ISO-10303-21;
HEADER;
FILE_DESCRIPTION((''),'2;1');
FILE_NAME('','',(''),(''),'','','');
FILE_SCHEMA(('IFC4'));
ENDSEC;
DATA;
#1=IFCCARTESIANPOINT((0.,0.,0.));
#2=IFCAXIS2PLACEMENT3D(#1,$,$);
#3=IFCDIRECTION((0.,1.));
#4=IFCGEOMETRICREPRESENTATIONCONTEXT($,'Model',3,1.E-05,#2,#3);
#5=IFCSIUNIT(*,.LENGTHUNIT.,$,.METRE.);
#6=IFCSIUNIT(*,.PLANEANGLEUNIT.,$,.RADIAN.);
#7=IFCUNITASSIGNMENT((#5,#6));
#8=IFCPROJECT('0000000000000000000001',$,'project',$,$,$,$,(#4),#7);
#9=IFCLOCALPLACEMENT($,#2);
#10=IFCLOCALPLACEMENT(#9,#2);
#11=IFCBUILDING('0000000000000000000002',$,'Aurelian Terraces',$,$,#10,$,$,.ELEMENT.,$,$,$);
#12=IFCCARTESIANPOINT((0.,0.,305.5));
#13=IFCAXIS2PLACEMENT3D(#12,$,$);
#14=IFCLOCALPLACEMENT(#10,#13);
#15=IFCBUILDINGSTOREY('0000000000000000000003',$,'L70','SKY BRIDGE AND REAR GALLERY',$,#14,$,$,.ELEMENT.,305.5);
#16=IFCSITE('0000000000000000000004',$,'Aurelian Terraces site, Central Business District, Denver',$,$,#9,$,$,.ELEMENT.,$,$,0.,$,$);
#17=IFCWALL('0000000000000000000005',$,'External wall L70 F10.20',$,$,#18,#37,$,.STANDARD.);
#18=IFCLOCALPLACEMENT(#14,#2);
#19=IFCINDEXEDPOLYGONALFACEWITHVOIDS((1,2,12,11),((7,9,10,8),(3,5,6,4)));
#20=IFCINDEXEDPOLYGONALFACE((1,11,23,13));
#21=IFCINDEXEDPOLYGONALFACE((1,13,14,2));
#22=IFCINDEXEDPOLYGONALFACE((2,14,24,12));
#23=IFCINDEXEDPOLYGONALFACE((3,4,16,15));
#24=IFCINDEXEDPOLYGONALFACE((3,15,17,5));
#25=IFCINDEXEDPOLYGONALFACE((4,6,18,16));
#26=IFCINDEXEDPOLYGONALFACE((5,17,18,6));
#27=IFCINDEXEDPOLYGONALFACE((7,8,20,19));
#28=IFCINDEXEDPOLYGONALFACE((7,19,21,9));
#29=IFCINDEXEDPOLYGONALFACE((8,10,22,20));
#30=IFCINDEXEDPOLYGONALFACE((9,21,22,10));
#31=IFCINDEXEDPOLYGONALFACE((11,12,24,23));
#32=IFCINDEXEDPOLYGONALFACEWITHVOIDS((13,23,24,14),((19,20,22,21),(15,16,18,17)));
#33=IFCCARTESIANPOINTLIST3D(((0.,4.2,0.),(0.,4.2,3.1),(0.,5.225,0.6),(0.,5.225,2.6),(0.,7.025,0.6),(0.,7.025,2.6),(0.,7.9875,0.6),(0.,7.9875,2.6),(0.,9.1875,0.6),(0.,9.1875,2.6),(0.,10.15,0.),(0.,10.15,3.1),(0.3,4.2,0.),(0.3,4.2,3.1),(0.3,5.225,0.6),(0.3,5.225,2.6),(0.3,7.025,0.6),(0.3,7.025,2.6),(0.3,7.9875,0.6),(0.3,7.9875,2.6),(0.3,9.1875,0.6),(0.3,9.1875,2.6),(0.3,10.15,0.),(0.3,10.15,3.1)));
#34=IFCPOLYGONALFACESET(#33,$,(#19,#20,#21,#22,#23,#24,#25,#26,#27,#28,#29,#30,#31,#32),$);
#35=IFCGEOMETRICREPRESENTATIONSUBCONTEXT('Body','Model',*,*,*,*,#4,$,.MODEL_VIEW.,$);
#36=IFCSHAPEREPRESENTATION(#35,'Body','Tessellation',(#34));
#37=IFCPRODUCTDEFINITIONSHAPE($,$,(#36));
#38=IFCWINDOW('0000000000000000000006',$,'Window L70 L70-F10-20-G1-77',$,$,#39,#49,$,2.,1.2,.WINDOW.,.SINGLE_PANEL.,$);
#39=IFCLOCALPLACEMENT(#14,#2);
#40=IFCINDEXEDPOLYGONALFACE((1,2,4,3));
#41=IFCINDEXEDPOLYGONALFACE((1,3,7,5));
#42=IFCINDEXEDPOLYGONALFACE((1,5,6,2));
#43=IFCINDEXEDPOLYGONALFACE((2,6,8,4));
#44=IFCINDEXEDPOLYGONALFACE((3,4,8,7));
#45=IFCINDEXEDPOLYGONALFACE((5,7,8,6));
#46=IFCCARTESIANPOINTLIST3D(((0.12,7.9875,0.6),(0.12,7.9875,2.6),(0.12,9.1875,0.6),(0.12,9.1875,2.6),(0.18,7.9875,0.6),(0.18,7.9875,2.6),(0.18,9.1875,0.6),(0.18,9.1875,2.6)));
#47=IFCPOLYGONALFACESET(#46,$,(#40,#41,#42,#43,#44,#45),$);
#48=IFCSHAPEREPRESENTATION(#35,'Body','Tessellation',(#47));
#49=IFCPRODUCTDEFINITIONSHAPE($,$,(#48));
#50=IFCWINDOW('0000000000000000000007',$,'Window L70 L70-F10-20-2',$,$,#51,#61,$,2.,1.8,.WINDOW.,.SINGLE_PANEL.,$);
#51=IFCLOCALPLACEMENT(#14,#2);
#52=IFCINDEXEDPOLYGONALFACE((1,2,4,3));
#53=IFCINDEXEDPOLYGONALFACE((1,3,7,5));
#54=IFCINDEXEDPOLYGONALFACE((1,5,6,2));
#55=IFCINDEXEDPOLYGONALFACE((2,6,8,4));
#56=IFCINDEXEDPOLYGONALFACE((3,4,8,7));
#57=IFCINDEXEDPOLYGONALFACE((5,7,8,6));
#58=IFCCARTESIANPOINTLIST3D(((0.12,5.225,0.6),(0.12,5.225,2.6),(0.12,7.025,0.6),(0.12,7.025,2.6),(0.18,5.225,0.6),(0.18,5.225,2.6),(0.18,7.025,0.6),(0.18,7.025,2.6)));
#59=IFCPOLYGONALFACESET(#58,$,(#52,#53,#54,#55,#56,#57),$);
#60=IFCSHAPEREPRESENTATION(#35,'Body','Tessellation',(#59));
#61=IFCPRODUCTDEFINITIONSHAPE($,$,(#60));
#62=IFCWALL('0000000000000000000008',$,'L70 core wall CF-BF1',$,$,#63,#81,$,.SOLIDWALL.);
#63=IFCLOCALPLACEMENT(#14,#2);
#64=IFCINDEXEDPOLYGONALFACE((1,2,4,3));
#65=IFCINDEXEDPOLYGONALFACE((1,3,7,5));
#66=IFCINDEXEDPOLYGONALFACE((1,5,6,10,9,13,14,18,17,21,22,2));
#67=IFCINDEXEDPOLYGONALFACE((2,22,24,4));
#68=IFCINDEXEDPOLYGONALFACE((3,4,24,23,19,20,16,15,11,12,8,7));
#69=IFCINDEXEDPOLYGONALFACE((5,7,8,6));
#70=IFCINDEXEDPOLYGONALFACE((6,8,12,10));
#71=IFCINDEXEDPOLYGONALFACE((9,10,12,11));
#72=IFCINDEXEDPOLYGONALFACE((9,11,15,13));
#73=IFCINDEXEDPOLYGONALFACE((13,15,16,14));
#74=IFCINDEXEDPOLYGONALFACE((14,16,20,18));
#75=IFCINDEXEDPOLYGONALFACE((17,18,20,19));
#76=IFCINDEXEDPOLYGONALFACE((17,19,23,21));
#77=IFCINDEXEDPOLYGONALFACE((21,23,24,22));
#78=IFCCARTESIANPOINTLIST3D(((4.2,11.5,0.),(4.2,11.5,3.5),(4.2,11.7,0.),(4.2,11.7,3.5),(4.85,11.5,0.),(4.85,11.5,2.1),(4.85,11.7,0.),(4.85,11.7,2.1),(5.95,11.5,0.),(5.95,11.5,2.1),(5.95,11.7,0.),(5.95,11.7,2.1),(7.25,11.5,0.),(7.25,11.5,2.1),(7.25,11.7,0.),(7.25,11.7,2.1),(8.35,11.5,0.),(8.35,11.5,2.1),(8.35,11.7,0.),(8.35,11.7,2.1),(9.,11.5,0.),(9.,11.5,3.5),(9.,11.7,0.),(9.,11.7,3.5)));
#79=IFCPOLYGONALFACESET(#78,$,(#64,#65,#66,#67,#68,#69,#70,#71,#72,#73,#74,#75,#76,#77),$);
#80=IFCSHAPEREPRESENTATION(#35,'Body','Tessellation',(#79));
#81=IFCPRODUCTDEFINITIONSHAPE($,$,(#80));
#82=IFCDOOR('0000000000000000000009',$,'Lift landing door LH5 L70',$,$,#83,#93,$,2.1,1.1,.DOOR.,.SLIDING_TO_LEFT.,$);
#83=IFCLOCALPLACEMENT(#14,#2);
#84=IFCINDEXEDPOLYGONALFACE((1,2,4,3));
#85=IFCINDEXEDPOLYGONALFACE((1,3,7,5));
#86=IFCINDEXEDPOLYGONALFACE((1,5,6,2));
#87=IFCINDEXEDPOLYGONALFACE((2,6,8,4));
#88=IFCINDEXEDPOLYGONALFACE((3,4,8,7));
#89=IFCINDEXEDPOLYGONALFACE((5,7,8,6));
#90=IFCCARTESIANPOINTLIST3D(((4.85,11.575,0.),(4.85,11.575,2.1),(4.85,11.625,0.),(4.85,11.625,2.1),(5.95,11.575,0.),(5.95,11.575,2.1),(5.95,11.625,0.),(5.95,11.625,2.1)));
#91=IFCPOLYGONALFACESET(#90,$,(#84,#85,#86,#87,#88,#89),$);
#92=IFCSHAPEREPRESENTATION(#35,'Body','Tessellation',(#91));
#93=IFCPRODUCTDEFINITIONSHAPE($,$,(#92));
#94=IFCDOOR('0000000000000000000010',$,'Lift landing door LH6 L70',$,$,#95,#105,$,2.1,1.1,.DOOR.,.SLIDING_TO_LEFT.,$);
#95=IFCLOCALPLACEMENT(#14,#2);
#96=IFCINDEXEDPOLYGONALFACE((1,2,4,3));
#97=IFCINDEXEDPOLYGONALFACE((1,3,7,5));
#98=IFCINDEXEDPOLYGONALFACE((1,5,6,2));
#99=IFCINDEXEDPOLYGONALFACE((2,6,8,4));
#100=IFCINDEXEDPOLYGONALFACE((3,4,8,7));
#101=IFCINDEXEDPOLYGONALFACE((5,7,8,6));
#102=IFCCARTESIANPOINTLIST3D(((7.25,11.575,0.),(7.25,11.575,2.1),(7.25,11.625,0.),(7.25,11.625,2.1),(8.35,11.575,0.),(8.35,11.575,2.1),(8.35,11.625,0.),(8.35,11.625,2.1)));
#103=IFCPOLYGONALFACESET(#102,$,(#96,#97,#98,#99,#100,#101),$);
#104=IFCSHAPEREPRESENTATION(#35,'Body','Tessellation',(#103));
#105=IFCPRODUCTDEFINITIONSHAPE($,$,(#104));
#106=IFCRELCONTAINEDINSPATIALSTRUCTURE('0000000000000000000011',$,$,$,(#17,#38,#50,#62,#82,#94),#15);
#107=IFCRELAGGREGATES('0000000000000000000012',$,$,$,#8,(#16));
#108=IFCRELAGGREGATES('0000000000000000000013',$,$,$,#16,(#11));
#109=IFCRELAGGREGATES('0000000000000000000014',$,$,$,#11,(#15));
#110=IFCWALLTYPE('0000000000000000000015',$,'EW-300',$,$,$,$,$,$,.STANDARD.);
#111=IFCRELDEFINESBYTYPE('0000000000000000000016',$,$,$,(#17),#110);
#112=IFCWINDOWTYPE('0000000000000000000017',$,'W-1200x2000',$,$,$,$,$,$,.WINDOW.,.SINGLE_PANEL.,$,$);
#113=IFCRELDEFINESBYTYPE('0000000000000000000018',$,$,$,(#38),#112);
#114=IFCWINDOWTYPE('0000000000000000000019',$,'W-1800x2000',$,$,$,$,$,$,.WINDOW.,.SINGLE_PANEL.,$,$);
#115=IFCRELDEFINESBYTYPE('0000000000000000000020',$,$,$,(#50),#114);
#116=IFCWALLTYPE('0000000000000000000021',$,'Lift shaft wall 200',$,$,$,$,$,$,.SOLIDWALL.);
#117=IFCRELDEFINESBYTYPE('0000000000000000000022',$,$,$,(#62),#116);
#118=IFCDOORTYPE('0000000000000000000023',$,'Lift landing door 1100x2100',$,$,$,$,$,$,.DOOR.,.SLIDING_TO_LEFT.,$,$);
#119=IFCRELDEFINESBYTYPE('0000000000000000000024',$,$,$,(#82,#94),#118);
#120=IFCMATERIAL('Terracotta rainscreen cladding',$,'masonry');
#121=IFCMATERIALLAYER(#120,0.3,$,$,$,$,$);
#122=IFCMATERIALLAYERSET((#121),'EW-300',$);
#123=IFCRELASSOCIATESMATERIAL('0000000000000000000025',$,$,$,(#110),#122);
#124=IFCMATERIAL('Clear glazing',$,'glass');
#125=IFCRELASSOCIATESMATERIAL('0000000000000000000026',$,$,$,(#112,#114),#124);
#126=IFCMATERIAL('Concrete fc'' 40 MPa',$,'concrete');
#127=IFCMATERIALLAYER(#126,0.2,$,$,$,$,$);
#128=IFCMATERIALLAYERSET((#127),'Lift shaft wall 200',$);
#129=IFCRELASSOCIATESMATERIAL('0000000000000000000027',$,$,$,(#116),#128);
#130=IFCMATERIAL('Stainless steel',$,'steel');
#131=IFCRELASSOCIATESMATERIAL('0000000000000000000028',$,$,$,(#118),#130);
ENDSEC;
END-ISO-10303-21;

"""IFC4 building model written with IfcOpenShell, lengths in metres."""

from ifc_helpers import new_model, si_unit, direction, frame, frame_2d, origin, place, context, subcontext, project, spatial, rectangle, extrude, source, transform, mapped, material, layer, layer_set, type_object, element, fill, save


model = new_model("IFC4")

# Units and contexts
model_context = context("Model", 3, precision=1e-05, world=origin(), true_north=direction((0.0, 1.0)))
body_context = subcontext(model_context, "Body", "Model", "MODEL_VIEW")
ifc_project = project(units=[si_unit("LENGTHUNIT", "METRE"), si_unit("PLANEANGLEUNIT", "RADIAN")], contexts=[model_context])

# Site, building, storey
site_placement = place(None, origin())
site = spatial("IfcSite", under=ifc_project, at=site_placement, Name="Aurelian Terraces site, Central Business District, Denver", CompositionType="ELEMENT", RefElevation=0.0)
building_placement = place(site_placement, origin())
building = spatial("IfcBuilding", under=site, at=building_placement, Name="Aurelian Terraces", CompositionType="ELEMENT")
storey_placement = place(building_placement, frame((0.0, 0.0, 305.5)))
storey = spatial("IfcBuildingStorey", under=building, at=storey_placement, Name="L70", Description="SKY BRIDGE AND REAR GALLERY", CompositionType="ELEMENT", Elevation=305.5)

# Shared definitions
ifc_material_1 = material(Name="Terracotta rainscreen cladding", Category="masonry")
ifc_layer_1 = layer(ifc_material_1, 0.3)
ifc_layer_set_1 = layer_set([ifc_layer_1], Name="EW-300")
wall_type_1 = type_object("IfcWallType", Name="EW-300", PredefinedType="STANDARD", material=ifc_layer_set_1)
ifc_material_2 = material(Name="Clear glazing", Category="glass")

# Wall, openings, windows
shared_shape_1 = source(origin(), body_context, "Body", "SweptSolid", [
    extrude(rectangle(XDim=5.95, YDim=0.3, at=frame_2d((2.975, 0.0))), origin(), (0.0, 0.0, 1.0), 3.1),
])
wall_1_placement = place(storey_placement, frame((0.15, 10.15, 0.0), z_axis=(0.0, 0.0, 1.0), x_axis=(0.0, -1.0, 0.0)))
wall_1 = element("IfcWall", 1, at=wall_1_placement, inside=storey, type_object=wall_type_1, Name="External wall L70 F10.20", PredefinedType="STANDARD", context=body_context, shape_type="MappedRepresentation", body=[
    mapped(shared_shape_1, transform((0.0, 0.0, 0.0), scale=1.0)),
])
shared_shape_2 = source(origin(), body_context, "Body", "SweptSolid", [
    extrude(rectangle(XDim=1.8, YDim=2.0, at=frame_2d((0.9, 1.0))), frame((0.0, 0.16, 0.0), z_axis=(0.0, -1.0, 0.0), x_axis=(1.0, 0.0, 0.0)), (0.0, 0.0, 1.0), 0.32),
])
opening_1_placement = place(wall_1_placement, frame((3.125, 0.0, 0.6)))
opening_1 = element("IfcOpeningElement", 2, at=opening_1_placement, cuts=wall_1, PredefinedType="OPENING", context=body_context, shape_type="MappedRepresentation", body=[
    mapped(shared_shape_2, transform((0.0, 0.0, 0.0), scale=1.0)),
])
shared_shape_3 = source(origin(), body_context, "Body", "SweptSolid", [
    extrude(rectangle(XDim=1.2, YDim=2.0, at=frame_2d((0.6, 1.0))), frame((0.0, 0.16, 0.0), z_axis=(0.0, -1.0, 0.0), x_axis=(1.0, 0.0, 0.0)), (0.0, 0.0, 1.0), 0.32),
])
opening_2_placement = place(wall_1_placement, frame((0.9625, 0.0, 0.6)))
opening_2 = element("IfcOpeningElement", 3, at=opening_2_placement, cuts=wall_1, PredefinedType="OPENING", context=body_context, shape_type="MappedRepresentation", body=[
    mapped(shared_shape_3, transform((0.0, 0.0, 0.0), scale=1.0)),
])
window_type_1 = type_object("IfcWindowType", Name="W-1200x2000", PartitioningType="SINGLE_PANEL", PredefinedType="WINDOW", material=ifc_material_2)
shared_shape_4 = source(origin(), body_context, "Body", "SweptSolid", [
    extrude(rectangle(XDim=1.2, YDim=2.0, at=frame_2d((0.6, 1.0))), frame((0.0, 0.03, 0.0), z_axis=(0.0, -1.0, 0.0), x_axis=(1.0, 0.0, 0.0)), (0.0, 0.0, 1.0), 0.06),
])
window_1_placement = place(opening_2_placement, origin())
window_1 = element("IfcWindow", 4, at=window_1_placement, inside=storey, type_object=window_type_1, Name="Window L70 L70-F10-20-G1-77", OverallHeight=2.0, OverallWidth=1.2, PartitioningType="SINGLE_PANEL", PredefinedType="WINDOW", context=body_context, shape_type="MappedRepresentation", body=[
    mapped(shared_shape_4, transform((0.0, 0.0, 0.0), scale=1.0)),
])
fill(opening_2, window_1)
window_type_2 = type_object("IfcWindowType", Name="W-1800x2000", PartitioningType="SINGLE_PANEL", PredefinedType="WINDOW", material=ifc_material_2)
shared_shape_5 = source(origin(), body_context, "Body", "SweptSolid", [
    extrude(rectangle(XDim=1.8, YDim=2.0, at=frame_2d((0.9, 1.0))), frame((0.0, 0.03, 0.0), z_axis=(0.0, -1.0, 0.0), x_axis=(1.0, 0.0, 0.0)), (0.0, 0.0, 1.0), 0.06),
])
window_2_placement = place(opening_1_placement, origin())
window_2 = element("IfcWindow", 5, at=window_2_placement, inside=storey, type_object=window_type_2, Name="Window L70 L70-F10-20-2", OverallHeight=2.0, OverallWidth=1.8, PartitioningType="SINGLE_PANEL", PredefinedType="WINDOW", context=body_context, shape_type="MappedRepresentation", body=[
    mapped(shared_shape_5, transform((0.0, 0.0, 0.0), scale=1.0)),
])
fill(opening_1, window_2)

# Wall, openings, doors
ifc_material_3 = material(Name="Concrete fc' 40 MPa", Category="concrete")
ifc_layer_2 = layer(ifc_material_3, 0.2)
ifc_layer_set_2 = layer_set([ifc_layer_2], Name="Lift shaft wall 200")
wall_type_2 = type_object("IfcWallType", Name="Lift shaft wall 200", PredefinedType="SOLIDWALL", material=ifc_layer_set_2)
shared_shape_6 = source(origin(), body_context, "Body", "SweptSolid", [
    extrude(rectangle(XDim=4.8, YDim=0.2, at=frame_2d((2.4, 0.0))), origin(), (0.0, 0.0, 1.0), 3.5),
])
wall_2_placement = place(storey_placement, frame((4.2, 11.6, 0.0), z_axis=(0.0, 0.0, 1.0), x_axis=(1.0, 0.0, 0.0)))
wall_2 = element("IfcWall", 6, at=wall_2_placement, inside=storey, type_object=wall_type_2, Name="L70 core wall CF-BF1", PredefinedType="SOLIDWALL", context=body_context, shape_type="MappedRepresentation", body=[
    mapped(shared_shape_6, transform((0.0, 0.0, 0.0), scale=1.0)),
])
shared_shape_7 = source(origin(), body_context, "Body", "SweptSolid", [
    extrude(rectangle(XDim=1.1, YDim=2.1, at=frame_2d((0.55, 1.05))), frame((0.0, 0.11, 0.0), z_axis=(0.0, -1.0, 0.0), x_axis=(1.0, 0.0, 0.0)), (0.0, 0.0, 1.0), 0.22),
])
opening_3_placement = place(wall_2_placement, frame((0.65, 0.0, 0.0)))
opening_3 = element("IfcOpeningElement", 7, at=opening_3_placement, cuts=wall_2, PredefinedType="OPENING", context=body_context, shape_type="MappedRepresentation", body=[
    mapped(shared_shape_7, transform((0.0, 0.0, 0.0), scale=1.0)),
])
opening_4_placement = place(wall_2_placement, frame((3.05, 0.0, 0.0)))
opening_4 = element("IfcOpeningElement", 8, at=opening_4_placement, cuts=wall_2, PredefinedType="OPENING", context=body_context, shape_type="MappedRepresentation", body=[
    mapped(shared_shape_7, transform((0.0, 0.0, 0.0), scale=1.0)),
])
ifc_material_4 = material(Name="Stainless steel", Category="steel")
door_type_1 = type_object("IfcDoorType", Name="Lift landing door 1100x2100", OperationType="SLIDING_TO_LEFT", PredefinedType="DOOR", material=ifc_material_4)
shared_shape_8 = source(origin(), body_context, "Body", "SweptSolid", [
    extrude(rectangle(XDim=1.1, YDim=2.1, at=frame_2d((0.55, 1.05))), frame((0.0, 0.025, 0.0), z_axis=(0.0, -1.0, 0.0), x_axis=(1.0, 0.0, 0.0)), (0.0, 0.0, 1.0), 0.05),
])
door_1_placement = place(opening_3_placement, origin())
door_1 = element("IfcDoor", 9, at=door_1_placement, inside=storey, type_object=door_type_1, Name="Lift landing door LH5 L70", OperationType="SLIDING_TO_LEFT", OverallHeight=2.1, OverallWidth=1.1, PredefinedType="DOOR", context=body_context, shape_type="MappedRepresentation", body=[
    mapped(shared_shape_8, transform((0.0, 0.0, 0.0), scale=1.0)),
])
fill(opening_3, door_1)
door_2_placement = place(opening_4_placement, origin())
door_2 = element("IfcDoor", 10, at=door_2_placement, inside=storey, type_object=door_type_1, Name="Lift landing door LH6 L70", OperationType="SLIDING_TO_LEFT", OverallHeight=2.1, OverallWidth=1.1, PredefinedType="DOOR", context=body_context, shape_type="MappedRepresentation", body=[
    mapped(shared_shape_8, transform((0.0, 0.0, 0.0), scale=1.0)),
])
fill(opening_4, door_2)

save(model, "model.ifc")
